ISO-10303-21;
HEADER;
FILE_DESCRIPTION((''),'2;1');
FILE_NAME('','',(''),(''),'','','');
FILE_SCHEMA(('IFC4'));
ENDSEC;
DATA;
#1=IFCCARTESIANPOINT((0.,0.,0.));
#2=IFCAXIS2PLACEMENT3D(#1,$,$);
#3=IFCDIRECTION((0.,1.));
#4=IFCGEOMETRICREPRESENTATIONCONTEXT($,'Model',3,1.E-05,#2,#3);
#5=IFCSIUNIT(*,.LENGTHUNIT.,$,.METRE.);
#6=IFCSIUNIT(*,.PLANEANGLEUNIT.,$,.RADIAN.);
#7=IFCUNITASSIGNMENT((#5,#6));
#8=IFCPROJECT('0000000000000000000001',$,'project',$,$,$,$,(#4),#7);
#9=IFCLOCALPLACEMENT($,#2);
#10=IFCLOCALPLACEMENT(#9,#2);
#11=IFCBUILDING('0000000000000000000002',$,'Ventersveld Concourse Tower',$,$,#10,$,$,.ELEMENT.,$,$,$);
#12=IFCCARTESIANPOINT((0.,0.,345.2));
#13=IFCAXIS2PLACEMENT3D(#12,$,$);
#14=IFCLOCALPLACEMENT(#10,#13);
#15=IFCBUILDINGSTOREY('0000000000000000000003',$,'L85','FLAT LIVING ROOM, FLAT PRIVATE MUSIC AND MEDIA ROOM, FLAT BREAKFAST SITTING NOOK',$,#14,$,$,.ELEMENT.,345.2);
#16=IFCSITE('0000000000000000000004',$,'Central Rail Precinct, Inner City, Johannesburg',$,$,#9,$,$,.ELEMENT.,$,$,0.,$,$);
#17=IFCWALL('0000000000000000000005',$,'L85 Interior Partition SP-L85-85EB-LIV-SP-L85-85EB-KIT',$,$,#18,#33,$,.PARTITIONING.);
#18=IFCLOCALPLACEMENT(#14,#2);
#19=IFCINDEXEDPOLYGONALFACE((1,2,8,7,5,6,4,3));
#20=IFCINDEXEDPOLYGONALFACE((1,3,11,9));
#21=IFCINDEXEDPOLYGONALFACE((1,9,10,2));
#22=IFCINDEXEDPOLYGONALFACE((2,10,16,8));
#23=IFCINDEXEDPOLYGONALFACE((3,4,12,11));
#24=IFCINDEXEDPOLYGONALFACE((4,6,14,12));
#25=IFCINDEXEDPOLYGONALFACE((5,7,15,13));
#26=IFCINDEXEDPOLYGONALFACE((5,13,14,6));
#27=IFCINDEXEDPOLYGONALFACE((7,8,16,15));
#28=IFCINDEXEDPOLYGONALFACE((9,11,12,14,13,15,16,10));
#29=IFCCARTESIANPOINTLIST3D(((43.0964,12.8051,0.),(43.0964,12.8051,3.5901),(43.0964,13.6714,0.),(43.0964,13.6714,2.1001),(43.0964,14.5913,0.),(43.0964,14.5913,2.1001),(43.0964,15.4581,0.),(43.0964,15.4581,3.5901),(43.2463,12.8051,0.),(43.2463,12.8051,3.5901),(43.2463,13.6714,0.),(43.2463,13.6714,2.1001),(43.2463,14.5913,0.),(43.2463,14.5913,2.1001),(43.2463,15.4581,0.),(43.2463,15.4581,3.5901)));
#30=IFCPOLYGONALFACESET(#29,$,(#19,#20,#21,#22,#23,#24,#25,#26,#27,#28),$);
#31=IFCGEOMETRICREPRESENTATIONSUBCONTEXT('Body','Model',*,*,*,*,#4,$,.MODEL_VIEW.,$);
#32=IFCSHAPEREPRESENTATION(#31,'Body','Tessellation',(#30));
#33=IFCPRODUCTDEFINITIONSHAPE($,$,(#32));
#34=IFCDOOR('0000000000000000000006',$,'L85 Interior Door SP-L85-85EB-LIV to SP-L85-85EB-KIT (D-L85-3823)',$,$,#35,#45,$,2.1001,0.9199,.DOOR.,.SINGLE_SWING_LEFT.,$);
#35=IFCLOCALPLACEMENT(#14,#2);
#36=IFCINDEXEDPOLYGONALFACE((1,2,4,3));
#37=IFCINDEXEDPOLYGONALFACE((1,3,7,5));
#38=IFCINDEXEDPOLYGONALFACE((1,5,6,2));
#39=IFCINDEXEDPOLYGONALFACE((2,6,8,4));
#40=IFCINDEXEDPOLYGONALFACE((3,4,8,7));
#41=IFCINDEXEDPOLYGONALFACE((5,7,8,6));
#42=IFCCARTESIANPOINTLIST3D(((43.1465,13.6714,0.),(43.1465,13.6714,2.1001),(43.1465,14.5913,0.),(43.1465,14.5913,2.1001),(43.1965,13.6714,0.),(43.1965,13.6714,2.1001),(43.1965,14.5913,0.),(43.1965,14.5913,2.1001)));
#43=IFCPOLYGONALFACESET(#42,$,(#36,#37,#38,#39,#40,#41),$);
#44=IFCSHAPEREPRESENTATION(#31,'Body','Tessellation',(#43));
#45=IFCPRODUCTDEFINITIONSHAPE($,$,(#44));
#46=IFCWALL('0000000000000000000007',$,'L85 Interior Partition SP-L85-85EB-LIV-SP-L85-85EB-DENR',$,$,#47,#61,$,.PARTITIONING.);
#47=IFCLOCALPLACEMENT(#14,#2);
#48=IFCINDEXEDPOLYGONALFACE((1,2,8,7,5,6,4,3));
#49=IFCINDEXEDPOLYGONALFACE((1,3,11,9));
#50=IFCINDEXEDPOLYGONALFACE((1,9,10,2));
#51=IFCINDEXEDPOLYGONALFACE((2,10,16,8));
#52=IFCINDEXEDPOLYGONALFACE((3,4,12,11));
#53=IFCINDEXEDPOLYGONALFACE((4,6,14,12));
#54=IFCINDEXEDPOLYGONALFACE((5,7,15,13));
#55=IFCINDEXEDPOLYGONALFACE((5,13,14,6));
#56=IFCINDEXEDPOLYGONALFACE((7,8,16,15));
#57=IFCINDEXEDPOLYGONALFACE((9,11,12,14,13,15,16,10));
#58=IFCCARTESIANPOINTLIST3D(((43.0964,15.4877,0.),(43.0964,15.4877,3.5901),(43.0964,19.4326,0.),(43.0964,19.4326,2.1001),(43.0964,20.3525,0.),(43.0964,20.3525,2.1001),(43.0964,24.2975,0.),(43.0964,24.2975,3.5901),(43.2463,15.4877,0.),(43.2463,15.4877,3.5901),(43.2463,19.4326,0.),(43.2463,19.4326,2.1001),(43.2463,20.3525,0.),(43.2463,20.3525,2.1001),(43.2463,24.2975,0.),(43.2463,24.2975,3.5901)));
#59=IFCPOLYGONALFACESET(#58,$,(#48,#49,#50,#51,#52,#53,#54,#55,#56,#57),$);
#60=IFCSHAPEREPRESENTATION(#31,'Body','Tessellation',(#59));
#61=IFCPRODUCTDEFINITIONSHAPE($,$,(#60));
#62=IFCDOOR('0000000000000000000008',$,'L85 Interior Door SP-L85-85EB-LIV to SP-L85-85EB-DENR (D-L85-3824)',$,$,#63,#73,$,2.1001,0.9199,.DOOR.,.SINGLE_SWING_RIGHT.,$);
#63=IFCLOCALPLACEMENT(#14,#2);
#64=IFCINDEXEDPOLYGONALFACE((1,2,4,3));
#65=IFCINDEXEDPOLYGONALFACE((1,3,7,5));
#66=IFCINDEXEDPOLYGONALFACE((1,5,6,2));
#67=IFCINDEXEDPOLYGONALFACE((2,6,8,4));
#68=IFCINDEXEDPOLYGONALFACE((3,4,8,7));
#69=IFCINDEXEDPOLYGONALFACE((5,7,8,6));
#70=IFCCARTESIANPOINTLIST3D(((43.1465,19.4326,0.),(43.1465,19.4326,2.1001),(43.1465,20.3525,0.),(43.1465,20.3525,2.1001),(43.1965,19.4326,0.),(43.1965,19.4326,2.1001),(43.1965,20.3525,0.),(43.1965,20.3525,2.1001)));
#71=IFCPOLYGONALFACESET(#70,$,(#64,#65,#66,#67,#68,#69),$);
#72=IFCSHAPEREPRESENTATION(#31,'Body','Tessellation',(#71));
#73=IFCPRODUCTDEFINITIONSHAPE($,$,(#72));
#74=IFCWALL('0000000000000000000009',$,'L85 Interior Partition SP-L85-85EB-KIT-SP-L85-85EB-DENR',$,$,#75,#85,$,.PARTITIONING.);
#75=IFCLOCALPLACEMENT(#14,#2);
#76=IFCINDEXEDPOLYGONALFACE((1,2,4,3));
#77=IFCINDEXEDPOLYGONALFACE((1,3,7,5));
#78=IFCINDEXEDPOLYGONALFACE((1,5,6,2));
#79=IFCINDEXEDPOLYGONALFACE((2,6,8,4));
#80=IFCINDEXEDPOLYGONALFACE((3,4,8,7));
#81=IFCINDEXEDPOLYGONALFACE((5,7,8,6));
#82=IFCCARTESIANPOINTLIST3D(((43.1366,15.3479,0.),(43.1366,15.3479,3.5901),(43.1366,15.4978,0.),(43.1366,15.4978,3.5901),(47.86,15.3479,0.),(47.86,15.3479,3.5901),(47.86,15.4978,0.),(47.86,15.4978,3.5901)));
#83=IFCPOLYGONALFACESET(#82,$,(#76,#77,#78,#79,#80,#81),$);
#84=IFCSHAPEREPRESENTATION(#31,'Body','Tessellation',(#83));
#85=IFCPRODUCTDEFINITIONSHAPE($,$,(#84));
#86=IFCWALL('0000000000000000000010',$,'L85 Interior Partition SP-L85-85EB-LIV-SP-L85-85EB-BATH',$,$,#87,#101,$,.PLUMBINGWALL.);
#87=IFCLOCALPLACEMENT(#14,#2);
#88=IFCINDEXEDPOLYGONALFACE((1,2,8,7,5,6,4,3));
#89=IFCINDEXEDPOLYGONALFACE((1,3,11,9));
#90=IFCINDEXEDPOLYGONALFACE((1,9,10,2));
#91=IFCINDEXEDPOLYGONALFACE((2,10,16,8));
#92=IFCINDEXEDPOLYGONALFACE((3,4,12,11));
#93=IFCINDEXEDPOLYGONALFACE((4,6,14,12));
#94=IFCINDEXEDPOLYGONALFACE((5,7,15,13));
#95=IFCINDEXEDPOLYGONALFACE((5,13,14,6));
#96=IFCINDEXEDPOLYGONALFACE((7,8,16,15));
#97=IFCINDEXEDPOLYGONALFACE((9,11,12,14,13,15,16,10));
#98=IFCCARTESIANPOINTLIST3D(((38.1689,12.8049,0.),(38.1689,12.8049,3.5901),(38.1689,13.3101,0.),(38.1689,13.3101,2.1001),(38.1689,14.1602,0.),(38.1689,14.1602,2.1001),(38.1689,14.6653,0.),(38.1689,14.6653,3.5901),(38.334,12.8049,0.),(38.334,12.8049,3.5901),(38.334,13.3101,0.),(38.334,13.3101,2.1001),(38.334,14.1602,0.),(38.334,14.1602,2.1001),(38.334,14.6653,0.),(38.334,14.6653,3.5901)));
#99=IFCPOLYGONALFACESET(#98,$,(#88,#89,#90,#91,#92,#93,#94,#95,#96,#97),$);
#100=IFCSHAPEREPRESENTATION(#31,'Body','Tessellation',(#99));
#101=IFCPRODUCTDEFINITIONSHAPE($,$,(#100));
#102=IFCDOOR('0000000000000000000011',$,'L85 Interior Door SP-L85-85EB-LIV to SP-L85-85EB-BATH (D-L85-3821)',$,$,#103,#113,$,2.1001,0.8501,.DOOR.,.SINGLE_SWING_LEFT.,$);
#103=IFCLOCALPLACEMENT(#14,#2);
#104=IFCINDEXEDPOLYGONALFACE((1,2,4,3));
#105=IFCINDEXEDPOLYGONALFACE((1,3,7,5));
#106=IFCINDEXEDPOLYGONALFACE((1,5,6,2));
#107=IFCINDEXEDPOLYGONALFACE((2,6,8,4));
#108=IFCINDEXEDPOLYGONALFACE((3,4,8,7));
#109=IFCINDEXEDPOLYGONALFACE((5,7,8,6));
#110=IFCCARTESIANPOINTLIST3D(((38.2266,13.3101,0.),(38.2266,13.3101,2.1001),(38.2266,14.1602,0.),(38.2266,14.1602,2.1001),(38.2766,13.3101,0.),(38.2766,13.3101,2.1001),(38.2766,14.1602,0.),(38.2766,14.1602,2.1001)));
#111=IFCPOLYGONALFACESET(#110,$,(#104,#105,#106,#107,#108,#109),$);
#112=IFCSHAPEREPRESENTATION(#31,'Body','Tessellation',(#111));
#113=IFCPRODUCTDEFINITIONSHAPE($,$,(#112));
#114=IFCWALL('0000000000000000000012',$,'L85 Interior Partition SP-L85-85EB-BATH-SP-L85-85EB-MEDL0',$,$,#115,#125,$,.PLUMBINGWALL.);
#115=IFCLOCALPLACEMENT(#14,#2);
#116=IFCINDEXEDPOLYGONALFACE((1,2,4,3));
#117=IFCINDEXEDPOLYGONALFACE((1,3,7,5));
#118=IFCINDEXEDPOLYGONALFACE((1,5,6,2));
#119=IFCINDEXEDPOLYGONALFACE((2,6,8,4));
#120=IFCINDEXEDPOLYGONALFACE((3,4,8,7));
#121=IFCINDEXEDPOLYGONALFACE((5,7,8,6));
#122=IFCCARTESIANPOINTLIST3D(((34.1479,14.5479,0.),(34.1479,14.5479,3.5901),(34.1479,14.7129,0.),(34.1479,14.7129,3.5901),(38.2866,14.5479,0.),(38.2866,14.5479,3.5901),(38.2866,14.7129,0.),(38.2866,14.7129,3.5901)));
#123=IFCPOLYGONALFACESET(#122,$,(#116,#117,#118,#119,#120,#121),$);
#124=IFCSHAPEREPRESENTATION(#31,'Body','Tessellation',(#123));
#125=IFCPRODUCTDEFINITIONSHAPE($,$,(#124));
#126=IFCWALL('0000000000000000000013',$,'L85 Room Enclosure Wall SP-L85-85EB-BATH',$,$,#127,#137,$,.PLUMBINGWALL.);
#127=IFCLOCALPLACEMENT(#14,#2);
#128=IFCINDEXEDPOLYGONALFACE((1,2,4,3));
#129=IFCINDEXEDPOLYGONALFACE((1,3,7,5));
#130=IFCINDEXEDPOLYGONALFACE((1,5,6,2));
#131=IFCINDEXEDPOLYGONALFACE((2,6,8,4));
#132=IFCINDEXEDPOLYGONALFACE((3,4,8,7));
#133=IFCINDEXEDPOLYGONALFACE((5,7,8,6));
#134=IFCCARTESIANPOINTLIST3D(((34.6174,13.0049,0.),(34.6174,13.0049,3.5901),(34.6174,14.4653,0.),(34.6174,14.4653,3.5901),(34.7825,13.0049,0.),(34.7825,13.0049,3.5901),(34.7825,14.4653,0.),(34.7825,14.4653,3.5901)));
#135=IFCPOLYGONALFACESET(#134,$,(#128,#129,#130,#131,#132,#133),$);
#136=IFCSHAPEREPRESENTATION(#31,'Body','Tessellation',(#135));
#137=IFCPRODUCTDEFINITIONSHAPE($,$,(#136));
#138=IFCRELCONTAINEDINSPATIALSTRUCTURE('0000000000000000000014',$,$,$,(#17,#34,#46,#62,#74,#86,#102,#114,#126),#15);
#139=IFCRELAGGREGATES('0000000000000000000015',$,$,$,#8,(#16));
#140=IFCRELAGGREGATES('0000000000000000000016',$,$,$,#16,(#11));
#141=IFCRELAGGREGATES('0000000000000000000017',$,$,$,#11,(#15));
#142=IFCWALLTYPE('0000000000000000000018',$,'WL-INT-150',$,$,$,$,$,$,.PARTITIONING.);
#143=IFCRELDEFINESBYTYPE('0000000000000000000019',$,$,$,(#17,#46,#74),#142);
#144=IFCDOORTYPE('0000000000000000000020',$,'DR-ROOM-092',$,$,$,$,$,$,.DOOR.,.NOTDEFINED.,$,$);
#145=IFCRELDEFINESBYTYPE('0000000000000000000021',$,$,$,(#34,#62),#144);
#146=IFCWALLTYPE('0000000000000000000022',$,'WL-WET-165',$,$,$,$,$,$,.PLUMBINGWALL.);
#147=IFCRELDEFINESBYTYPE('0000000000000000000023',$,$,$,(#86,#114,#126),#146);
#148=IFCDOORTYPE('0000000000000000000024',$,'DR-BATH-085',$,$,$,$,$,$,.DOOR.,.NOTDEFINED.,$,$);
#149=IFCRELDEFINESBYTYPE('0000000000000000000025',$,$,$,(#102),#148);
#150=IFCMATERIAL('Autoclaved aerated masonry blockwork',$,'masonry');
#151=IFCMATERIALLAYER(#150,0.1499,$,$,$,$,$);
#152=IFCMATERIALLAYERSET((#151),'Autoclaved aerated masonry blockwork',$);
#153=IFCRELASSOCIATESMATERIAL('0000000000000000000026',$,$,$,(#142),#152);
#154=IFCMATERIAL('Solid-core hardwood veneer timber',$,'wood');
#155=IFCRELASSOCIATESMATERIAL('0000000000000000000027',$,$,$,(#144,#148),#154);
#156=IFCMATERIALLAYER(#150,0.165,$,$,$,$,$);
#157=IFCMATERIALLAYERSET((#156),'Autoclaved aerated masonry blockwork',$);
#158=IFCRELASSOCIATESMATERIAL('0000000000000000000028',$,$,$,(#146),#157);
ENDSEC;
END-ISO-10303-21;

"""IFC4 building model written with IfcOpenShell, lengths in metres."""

from ifc_helpers import new_model, si_unit, direction, frame, frame_2d, origin, place, context, subcontext, project, spatial, rectangle, extrude, material, layer, layer_set, type_object, element, fill, save


model = new_model("IFC4")

# Units and contexts
model_context = context("Model", 3, precision=1e-05, world=origin(), true_north=direction((0.0, 1.0)))
body_context = subcontext(model_context, "Body", "Model", "MODEL_VIEW")
ifc_project = project(units=[si_unit("LENGTHUNIT", "METRE"), si_unit("PLANEANGLEUNIT", "RADIAN")], contexts=[model_context])

# Site, building, storey
site_placement = place(None, origin())
site = spatial("IfcSite", under=ifc_project, at=site_placement, Name="Central Rail Precinct, Inner City, Johannesburg", CompositionType="ELEMENT", RefElevation=0.0)
building_placement = place(site_placement, origin())
building = spatial("IfcBuilding", under=site, at=building_placement, Name="Ventersveld Concourse Tower", CompositionType="ELEMENT")
storey_placement = place(building_placement, frame((0.0, 0.0, 345.2)))
storey = spatial("IfcBuildingStorey", under=building, at=storey_placement, Name="L85", Description="FLAT LIVING ROOM, FLAT PRIVATE MUSIC AND MEDIA ROOM, FLAT BREAKFAST SITTING NOOK", CompositionType="ELEMENT", Elevation=345.2)

# Shared definitions
ifc_material_1 = material(Name="Solid-core hardwood veneer timber", Category="wood")

# Walls, openings, doors
ifc_material_2 = material(Name="Autoclaved aerated masonry blockwork", Category="masonry")
ifc_layer_1 = layer(ifc_material_2, 0.1499)
ifc_layer_set_1 = layer_set([ifc_layer_1], Name="Autoclaved aerated masonry blockwork")
wall_type_1 = type_object("IfcWallType", Name="WL-INT-150", PredefinedType="PARTITIONING", material=ifc_layer_set_1)
door_type_1 = type_object("IfcDoorType", Name="DR-ROOM-092", OperationType="NOTDEFINED", PredefinedType="DOOR", material=ifc_material_1)
wall_1_placement = place(storey_placement, frame((43.1714, 12.8049, 0.0), z_axis=(0.0, 0.0, 1.0), x_axis=(0.0, 1.0, 0.0)))
wall_1 = element("IfcWall", 1, at=wall_1_placement, inside=storey, type_object=wall_type_1, Name="L85 Interior Partition SP-L85-85EB-LIV-SP-L85-85EB-KIT", PredefinedType="PARTITIONING", context=body_context, shape_type="SweptSolid", body=[
    extrude(rectangle(XDim=2.6531, YDim=0.1499, at=frame_2d((1.3267, 0.0))), origin(), (0.0, 0.0, 1.0), 3.5901),
])
opening_1_placement = place(wall_1_placement, frame((0.8665, 0.0, 0.0)))
opening_1 = element("IfcOpeningElement", 2, at=opening_1_placement, cuts=wall_1, PredefinedType="OPENING", context=body_context, shape_type="SweptSolid", body=[
    extrude(rectangle(XDim=0.9199, YDim=2.1001, at=frame_2d((0.46, 1.05))), frame((0.0, 0.085, 0.0), z_axis=(0.0, -1.0, 0.0), x_axis=(1.0, 0.0, 0.0)), (0.0, 0.0, 1.0), 0.1699),
])
door_1_placement = place(opening_1_placement, origin())
door_1 = element("IfcDoor", 3, at=door_1_placement, inside=storey, type_object=door_type_1, Name="L85 Interior Door SP-L85-85EB-LIV to SP-L85-85EB-KIT (D-L85-3823)", OperationType="SINGLE_SWING_LEFT", OverallHeight=2.1001, OverallWidth=0.9199, PredefinedType="DOOR", context=body_context, shape_type="SweptSolid", body=[
    extrude(rectangle(XDim=0.9199, YDim=2.1001, at=frame_2d((0.46, 1.05))), frame((0.0, 0.0249, 0.0), z_axis=(0.0, -1.0, 0.0), x_axis=(1.0, 0.0, 0.0)), (0.0, 0.0, 1.0), 0.05),
])
fill(opening_1, door_1)
wall_2_placement = place(storey_placement, frame((43.1714, 15.4878, 0.0), z_axis=(0.0, 0.0, 1.0), x_axis=(0.0, 1.0, 0.0)))
wall_2 = element("IfcWall", 4, at=wall_2_placement, inside=storey, type_object=wall_type_1, Name="L85 Interior Partition SP-L85-85EB-LIV-SP-L85-85EB-DENR", PredefinedType="PARTITIONING", context=body_context, shape_type="SweptSolid", body=[
    extrude(rectangle(XDim=8.8098, YDim=0.1499, at=frame_2d((4.4048, 0.0))), origin(), (0.0, 0.0, 1.0), 3.5901),
])
opening_2_placement = place(wall_2_placement, frame((3.9448, 0.0, 0.0)))
opening_2 = element("IfcOpeningElement", 5, at=opening_2_placement, cuts=wall_2, PredefinedType="OPENING", context=body_context, shape_type="SweptSolid", body=[
    extrude(rectangle(XDim=0.9199, YDim=2.1001, at=frame_2d((0.46, 1.05))), frame((0.0, 0.085, 0.0), z_axis=(0.0, -1.0, 0.0), x_axis=(1.0, 0.0, 0.0)), (0.0, 0.0, 1.0), 0.1699),
])
door_2_placement = place(opening_2_placement, origin())
door_2 = element("IfcDoor", 6, at=door_2_placement, inside=storey, type_object=door_type_1, Name="L85 Interior Door SP-L85-85EB-LIV to SP-L85-85EB-DENR (D-L85-3824)", OperationType="SINGLE_SWING_RIGHT", OverallHeight=2.1001, OverallWidth=0.9199, PredefinedType="DOOR", context=body_context, shape_type="SweptSolid", body=[
    extrude(rectangle(XDim=0.9199, YDim=2.1001, at=frame_2d((0.46, 1.05))), frame((0.0, 0.0249, 0.0), z_axis=(0.0, -1.0, 0.0), x_axis=(1.0, 0.0, 0.0)), (0.0, 0.0, 1.0), 0.05),
])
fill(opening_2, door_2)

# Wall
wall_3_placement = place(storey_placement, frame((43.1365, 15.4229, 0.0), z_axis=(0.0, 0.0, 1.0), x_axis=(1.0, 0.0, 0.0)))
element("IfcWall", 7, at=wall_3_placement, inside=storey, type_object=wall_type_1, Name="L85 Interior Partition SP-L85-85EB-KIT-SP-L85-85EB-DENR", PredefinedType="PARTITIONING", context=body_context, shape_type="SweptSolid", body=[
    extrude(rectangle(XDim=4.7234, YDim=0.1499, at=frame_2d((2.3618, 0.0))), origin(), (0.0, 0.0, 1.0), 3.5901),
])

# Wall, opening, door
ifc_layer_2 = layer(ifc_material_2, 0.165)
ifc_layer_set_2 = layer_set([ifc_layer_2], Name="Autoclaved aerated masonry blockwork")
wall_type_2 = type_object("IfcWallType", Name="WL-WET-165", PredefinedType="PLUMBINGWALL", material=ifc_layer_set_2)
wall_4_placement = place(storey_placement, frame((38.2515, 12.8049, 0.0), z_axis=(0.0, 0.0, 1.0), x_axis=(0.0, 1.0, 0.0)))
wall_4 = element("IfcWall", 8, at=wall_4_placement, inside=storey, type_object=wall_type_2, Name="L85 Interior Partition SP-L85-85EB-LIV-SP-L85-85EB-BATH", PredefinedType="PLUMBINGWALL", context=body_context, shape_type="SweptSolid", body=[
    extrude(rectangle(XDim=1.8604, YDim=0.165, at=frame_2d((0.9302, 0.0))), origin(), (0.0, 0.0, 1.0), 3.5901),
])
opening_3_placement = place(wall_4_placement, frame((0.5051, 0.0, 0.0)))
opening_3 = element("IfcOpeningElement", 9, at=opening_3_placement, cuts=wall_4, PredefinedType="OPENING", context=body_context, shape_type="SweptSolid", body=[
    extrude(rectangle(XDim=0.8501, YDim=2.1001, at=frame_2d((0.425, 1.05))), frame((0.0, 0.0925, 0.0), z_axis=(0.0, -1.0, 0.0), x_axis=(1.0, 0.0, 0.0)), (0.0, 0.0, 1.0), 0.1851),
])
door_type_2 = type_object("IfcDoorType", Name="DR-BATH-085", OperationType="NOTDEFINED", PredefinedType="DOOR", material=ifc_material_1)
door_3_placement = place(opening_3_placement, origin())
door_3 = element("IfcDoor", 10, at=door_3_placement, inside=storey, type_object=door_type_2, Name="L85 Interior Door SP-L85-85EB-LIV to SP-L85-85EB-BATH (D-L85-3821)", OperationType="SINGLE_SWING_LEFT", OverallHeight=2.1001, OverallWidth=0.8501, PredefinedType="DOOR", context=body_context, shape_type="SweptSolid", body=[
    extrude(rectangle(XDim=0.8501, YDim=2.1001, at=frame_2d((0.425, 1.05))), frame((0.0, 0.0249, 0.0), z_axis=(0.0, -1.0, 0.0), x_axis=(1.0, 0.0, 0.0)), (0.0, 0.0, 1.0), 0.05),
])
fill(opening_3, door_3)

# Walls
wall_5_placement = place(storey_placement, frame((34.1479, 14.6304, 0.0), z_axis=(0.0, 0.0, 1.0), x_axis=(1.0, 0.0, 0.0)))
element("IfcWall", 11, at=wall_5_placement, inside=storey, type_object=wall_type_2, Name="L85 Interior Partition SP-L85-85EB-BATH-SP-L85-85EB-MEDL0", PredefinedType="PLUMBINGWALL", context=body_context, shape_type="SweptSolid", body=[
    extrude(rectangle(XDim=4.1387, YDim=0.165, at=frame_2d((2.0693, 0.0))), origin(), (0.0, 0.0, 1.0), 3.5901),
])
wall_6_placement = place(storey_placement, frame((34.7, 13.0049, 0.0), z_axis=(0.0, 0.0, 1.0), x_axis=(0.0, 1.0, 0.0)))
element("IfcWall", 12, at=wall_6_placement, inside=storey, type_object=wall_type_2, Name="L85 Room Enclosure Wall SP-L85-85EB-BATH", PredefinedType="PLUMBINGWALL", context=body_context, shape_type="SweptSolid", body=[
    extrude(rectangle(XDim=1.4604, YDim=0.165, at=frame_2d((0.7302, 0.0))), origin(), (0.0, 0.0, 1.0), 3.5901),
])

save(model, "model.ifc")
